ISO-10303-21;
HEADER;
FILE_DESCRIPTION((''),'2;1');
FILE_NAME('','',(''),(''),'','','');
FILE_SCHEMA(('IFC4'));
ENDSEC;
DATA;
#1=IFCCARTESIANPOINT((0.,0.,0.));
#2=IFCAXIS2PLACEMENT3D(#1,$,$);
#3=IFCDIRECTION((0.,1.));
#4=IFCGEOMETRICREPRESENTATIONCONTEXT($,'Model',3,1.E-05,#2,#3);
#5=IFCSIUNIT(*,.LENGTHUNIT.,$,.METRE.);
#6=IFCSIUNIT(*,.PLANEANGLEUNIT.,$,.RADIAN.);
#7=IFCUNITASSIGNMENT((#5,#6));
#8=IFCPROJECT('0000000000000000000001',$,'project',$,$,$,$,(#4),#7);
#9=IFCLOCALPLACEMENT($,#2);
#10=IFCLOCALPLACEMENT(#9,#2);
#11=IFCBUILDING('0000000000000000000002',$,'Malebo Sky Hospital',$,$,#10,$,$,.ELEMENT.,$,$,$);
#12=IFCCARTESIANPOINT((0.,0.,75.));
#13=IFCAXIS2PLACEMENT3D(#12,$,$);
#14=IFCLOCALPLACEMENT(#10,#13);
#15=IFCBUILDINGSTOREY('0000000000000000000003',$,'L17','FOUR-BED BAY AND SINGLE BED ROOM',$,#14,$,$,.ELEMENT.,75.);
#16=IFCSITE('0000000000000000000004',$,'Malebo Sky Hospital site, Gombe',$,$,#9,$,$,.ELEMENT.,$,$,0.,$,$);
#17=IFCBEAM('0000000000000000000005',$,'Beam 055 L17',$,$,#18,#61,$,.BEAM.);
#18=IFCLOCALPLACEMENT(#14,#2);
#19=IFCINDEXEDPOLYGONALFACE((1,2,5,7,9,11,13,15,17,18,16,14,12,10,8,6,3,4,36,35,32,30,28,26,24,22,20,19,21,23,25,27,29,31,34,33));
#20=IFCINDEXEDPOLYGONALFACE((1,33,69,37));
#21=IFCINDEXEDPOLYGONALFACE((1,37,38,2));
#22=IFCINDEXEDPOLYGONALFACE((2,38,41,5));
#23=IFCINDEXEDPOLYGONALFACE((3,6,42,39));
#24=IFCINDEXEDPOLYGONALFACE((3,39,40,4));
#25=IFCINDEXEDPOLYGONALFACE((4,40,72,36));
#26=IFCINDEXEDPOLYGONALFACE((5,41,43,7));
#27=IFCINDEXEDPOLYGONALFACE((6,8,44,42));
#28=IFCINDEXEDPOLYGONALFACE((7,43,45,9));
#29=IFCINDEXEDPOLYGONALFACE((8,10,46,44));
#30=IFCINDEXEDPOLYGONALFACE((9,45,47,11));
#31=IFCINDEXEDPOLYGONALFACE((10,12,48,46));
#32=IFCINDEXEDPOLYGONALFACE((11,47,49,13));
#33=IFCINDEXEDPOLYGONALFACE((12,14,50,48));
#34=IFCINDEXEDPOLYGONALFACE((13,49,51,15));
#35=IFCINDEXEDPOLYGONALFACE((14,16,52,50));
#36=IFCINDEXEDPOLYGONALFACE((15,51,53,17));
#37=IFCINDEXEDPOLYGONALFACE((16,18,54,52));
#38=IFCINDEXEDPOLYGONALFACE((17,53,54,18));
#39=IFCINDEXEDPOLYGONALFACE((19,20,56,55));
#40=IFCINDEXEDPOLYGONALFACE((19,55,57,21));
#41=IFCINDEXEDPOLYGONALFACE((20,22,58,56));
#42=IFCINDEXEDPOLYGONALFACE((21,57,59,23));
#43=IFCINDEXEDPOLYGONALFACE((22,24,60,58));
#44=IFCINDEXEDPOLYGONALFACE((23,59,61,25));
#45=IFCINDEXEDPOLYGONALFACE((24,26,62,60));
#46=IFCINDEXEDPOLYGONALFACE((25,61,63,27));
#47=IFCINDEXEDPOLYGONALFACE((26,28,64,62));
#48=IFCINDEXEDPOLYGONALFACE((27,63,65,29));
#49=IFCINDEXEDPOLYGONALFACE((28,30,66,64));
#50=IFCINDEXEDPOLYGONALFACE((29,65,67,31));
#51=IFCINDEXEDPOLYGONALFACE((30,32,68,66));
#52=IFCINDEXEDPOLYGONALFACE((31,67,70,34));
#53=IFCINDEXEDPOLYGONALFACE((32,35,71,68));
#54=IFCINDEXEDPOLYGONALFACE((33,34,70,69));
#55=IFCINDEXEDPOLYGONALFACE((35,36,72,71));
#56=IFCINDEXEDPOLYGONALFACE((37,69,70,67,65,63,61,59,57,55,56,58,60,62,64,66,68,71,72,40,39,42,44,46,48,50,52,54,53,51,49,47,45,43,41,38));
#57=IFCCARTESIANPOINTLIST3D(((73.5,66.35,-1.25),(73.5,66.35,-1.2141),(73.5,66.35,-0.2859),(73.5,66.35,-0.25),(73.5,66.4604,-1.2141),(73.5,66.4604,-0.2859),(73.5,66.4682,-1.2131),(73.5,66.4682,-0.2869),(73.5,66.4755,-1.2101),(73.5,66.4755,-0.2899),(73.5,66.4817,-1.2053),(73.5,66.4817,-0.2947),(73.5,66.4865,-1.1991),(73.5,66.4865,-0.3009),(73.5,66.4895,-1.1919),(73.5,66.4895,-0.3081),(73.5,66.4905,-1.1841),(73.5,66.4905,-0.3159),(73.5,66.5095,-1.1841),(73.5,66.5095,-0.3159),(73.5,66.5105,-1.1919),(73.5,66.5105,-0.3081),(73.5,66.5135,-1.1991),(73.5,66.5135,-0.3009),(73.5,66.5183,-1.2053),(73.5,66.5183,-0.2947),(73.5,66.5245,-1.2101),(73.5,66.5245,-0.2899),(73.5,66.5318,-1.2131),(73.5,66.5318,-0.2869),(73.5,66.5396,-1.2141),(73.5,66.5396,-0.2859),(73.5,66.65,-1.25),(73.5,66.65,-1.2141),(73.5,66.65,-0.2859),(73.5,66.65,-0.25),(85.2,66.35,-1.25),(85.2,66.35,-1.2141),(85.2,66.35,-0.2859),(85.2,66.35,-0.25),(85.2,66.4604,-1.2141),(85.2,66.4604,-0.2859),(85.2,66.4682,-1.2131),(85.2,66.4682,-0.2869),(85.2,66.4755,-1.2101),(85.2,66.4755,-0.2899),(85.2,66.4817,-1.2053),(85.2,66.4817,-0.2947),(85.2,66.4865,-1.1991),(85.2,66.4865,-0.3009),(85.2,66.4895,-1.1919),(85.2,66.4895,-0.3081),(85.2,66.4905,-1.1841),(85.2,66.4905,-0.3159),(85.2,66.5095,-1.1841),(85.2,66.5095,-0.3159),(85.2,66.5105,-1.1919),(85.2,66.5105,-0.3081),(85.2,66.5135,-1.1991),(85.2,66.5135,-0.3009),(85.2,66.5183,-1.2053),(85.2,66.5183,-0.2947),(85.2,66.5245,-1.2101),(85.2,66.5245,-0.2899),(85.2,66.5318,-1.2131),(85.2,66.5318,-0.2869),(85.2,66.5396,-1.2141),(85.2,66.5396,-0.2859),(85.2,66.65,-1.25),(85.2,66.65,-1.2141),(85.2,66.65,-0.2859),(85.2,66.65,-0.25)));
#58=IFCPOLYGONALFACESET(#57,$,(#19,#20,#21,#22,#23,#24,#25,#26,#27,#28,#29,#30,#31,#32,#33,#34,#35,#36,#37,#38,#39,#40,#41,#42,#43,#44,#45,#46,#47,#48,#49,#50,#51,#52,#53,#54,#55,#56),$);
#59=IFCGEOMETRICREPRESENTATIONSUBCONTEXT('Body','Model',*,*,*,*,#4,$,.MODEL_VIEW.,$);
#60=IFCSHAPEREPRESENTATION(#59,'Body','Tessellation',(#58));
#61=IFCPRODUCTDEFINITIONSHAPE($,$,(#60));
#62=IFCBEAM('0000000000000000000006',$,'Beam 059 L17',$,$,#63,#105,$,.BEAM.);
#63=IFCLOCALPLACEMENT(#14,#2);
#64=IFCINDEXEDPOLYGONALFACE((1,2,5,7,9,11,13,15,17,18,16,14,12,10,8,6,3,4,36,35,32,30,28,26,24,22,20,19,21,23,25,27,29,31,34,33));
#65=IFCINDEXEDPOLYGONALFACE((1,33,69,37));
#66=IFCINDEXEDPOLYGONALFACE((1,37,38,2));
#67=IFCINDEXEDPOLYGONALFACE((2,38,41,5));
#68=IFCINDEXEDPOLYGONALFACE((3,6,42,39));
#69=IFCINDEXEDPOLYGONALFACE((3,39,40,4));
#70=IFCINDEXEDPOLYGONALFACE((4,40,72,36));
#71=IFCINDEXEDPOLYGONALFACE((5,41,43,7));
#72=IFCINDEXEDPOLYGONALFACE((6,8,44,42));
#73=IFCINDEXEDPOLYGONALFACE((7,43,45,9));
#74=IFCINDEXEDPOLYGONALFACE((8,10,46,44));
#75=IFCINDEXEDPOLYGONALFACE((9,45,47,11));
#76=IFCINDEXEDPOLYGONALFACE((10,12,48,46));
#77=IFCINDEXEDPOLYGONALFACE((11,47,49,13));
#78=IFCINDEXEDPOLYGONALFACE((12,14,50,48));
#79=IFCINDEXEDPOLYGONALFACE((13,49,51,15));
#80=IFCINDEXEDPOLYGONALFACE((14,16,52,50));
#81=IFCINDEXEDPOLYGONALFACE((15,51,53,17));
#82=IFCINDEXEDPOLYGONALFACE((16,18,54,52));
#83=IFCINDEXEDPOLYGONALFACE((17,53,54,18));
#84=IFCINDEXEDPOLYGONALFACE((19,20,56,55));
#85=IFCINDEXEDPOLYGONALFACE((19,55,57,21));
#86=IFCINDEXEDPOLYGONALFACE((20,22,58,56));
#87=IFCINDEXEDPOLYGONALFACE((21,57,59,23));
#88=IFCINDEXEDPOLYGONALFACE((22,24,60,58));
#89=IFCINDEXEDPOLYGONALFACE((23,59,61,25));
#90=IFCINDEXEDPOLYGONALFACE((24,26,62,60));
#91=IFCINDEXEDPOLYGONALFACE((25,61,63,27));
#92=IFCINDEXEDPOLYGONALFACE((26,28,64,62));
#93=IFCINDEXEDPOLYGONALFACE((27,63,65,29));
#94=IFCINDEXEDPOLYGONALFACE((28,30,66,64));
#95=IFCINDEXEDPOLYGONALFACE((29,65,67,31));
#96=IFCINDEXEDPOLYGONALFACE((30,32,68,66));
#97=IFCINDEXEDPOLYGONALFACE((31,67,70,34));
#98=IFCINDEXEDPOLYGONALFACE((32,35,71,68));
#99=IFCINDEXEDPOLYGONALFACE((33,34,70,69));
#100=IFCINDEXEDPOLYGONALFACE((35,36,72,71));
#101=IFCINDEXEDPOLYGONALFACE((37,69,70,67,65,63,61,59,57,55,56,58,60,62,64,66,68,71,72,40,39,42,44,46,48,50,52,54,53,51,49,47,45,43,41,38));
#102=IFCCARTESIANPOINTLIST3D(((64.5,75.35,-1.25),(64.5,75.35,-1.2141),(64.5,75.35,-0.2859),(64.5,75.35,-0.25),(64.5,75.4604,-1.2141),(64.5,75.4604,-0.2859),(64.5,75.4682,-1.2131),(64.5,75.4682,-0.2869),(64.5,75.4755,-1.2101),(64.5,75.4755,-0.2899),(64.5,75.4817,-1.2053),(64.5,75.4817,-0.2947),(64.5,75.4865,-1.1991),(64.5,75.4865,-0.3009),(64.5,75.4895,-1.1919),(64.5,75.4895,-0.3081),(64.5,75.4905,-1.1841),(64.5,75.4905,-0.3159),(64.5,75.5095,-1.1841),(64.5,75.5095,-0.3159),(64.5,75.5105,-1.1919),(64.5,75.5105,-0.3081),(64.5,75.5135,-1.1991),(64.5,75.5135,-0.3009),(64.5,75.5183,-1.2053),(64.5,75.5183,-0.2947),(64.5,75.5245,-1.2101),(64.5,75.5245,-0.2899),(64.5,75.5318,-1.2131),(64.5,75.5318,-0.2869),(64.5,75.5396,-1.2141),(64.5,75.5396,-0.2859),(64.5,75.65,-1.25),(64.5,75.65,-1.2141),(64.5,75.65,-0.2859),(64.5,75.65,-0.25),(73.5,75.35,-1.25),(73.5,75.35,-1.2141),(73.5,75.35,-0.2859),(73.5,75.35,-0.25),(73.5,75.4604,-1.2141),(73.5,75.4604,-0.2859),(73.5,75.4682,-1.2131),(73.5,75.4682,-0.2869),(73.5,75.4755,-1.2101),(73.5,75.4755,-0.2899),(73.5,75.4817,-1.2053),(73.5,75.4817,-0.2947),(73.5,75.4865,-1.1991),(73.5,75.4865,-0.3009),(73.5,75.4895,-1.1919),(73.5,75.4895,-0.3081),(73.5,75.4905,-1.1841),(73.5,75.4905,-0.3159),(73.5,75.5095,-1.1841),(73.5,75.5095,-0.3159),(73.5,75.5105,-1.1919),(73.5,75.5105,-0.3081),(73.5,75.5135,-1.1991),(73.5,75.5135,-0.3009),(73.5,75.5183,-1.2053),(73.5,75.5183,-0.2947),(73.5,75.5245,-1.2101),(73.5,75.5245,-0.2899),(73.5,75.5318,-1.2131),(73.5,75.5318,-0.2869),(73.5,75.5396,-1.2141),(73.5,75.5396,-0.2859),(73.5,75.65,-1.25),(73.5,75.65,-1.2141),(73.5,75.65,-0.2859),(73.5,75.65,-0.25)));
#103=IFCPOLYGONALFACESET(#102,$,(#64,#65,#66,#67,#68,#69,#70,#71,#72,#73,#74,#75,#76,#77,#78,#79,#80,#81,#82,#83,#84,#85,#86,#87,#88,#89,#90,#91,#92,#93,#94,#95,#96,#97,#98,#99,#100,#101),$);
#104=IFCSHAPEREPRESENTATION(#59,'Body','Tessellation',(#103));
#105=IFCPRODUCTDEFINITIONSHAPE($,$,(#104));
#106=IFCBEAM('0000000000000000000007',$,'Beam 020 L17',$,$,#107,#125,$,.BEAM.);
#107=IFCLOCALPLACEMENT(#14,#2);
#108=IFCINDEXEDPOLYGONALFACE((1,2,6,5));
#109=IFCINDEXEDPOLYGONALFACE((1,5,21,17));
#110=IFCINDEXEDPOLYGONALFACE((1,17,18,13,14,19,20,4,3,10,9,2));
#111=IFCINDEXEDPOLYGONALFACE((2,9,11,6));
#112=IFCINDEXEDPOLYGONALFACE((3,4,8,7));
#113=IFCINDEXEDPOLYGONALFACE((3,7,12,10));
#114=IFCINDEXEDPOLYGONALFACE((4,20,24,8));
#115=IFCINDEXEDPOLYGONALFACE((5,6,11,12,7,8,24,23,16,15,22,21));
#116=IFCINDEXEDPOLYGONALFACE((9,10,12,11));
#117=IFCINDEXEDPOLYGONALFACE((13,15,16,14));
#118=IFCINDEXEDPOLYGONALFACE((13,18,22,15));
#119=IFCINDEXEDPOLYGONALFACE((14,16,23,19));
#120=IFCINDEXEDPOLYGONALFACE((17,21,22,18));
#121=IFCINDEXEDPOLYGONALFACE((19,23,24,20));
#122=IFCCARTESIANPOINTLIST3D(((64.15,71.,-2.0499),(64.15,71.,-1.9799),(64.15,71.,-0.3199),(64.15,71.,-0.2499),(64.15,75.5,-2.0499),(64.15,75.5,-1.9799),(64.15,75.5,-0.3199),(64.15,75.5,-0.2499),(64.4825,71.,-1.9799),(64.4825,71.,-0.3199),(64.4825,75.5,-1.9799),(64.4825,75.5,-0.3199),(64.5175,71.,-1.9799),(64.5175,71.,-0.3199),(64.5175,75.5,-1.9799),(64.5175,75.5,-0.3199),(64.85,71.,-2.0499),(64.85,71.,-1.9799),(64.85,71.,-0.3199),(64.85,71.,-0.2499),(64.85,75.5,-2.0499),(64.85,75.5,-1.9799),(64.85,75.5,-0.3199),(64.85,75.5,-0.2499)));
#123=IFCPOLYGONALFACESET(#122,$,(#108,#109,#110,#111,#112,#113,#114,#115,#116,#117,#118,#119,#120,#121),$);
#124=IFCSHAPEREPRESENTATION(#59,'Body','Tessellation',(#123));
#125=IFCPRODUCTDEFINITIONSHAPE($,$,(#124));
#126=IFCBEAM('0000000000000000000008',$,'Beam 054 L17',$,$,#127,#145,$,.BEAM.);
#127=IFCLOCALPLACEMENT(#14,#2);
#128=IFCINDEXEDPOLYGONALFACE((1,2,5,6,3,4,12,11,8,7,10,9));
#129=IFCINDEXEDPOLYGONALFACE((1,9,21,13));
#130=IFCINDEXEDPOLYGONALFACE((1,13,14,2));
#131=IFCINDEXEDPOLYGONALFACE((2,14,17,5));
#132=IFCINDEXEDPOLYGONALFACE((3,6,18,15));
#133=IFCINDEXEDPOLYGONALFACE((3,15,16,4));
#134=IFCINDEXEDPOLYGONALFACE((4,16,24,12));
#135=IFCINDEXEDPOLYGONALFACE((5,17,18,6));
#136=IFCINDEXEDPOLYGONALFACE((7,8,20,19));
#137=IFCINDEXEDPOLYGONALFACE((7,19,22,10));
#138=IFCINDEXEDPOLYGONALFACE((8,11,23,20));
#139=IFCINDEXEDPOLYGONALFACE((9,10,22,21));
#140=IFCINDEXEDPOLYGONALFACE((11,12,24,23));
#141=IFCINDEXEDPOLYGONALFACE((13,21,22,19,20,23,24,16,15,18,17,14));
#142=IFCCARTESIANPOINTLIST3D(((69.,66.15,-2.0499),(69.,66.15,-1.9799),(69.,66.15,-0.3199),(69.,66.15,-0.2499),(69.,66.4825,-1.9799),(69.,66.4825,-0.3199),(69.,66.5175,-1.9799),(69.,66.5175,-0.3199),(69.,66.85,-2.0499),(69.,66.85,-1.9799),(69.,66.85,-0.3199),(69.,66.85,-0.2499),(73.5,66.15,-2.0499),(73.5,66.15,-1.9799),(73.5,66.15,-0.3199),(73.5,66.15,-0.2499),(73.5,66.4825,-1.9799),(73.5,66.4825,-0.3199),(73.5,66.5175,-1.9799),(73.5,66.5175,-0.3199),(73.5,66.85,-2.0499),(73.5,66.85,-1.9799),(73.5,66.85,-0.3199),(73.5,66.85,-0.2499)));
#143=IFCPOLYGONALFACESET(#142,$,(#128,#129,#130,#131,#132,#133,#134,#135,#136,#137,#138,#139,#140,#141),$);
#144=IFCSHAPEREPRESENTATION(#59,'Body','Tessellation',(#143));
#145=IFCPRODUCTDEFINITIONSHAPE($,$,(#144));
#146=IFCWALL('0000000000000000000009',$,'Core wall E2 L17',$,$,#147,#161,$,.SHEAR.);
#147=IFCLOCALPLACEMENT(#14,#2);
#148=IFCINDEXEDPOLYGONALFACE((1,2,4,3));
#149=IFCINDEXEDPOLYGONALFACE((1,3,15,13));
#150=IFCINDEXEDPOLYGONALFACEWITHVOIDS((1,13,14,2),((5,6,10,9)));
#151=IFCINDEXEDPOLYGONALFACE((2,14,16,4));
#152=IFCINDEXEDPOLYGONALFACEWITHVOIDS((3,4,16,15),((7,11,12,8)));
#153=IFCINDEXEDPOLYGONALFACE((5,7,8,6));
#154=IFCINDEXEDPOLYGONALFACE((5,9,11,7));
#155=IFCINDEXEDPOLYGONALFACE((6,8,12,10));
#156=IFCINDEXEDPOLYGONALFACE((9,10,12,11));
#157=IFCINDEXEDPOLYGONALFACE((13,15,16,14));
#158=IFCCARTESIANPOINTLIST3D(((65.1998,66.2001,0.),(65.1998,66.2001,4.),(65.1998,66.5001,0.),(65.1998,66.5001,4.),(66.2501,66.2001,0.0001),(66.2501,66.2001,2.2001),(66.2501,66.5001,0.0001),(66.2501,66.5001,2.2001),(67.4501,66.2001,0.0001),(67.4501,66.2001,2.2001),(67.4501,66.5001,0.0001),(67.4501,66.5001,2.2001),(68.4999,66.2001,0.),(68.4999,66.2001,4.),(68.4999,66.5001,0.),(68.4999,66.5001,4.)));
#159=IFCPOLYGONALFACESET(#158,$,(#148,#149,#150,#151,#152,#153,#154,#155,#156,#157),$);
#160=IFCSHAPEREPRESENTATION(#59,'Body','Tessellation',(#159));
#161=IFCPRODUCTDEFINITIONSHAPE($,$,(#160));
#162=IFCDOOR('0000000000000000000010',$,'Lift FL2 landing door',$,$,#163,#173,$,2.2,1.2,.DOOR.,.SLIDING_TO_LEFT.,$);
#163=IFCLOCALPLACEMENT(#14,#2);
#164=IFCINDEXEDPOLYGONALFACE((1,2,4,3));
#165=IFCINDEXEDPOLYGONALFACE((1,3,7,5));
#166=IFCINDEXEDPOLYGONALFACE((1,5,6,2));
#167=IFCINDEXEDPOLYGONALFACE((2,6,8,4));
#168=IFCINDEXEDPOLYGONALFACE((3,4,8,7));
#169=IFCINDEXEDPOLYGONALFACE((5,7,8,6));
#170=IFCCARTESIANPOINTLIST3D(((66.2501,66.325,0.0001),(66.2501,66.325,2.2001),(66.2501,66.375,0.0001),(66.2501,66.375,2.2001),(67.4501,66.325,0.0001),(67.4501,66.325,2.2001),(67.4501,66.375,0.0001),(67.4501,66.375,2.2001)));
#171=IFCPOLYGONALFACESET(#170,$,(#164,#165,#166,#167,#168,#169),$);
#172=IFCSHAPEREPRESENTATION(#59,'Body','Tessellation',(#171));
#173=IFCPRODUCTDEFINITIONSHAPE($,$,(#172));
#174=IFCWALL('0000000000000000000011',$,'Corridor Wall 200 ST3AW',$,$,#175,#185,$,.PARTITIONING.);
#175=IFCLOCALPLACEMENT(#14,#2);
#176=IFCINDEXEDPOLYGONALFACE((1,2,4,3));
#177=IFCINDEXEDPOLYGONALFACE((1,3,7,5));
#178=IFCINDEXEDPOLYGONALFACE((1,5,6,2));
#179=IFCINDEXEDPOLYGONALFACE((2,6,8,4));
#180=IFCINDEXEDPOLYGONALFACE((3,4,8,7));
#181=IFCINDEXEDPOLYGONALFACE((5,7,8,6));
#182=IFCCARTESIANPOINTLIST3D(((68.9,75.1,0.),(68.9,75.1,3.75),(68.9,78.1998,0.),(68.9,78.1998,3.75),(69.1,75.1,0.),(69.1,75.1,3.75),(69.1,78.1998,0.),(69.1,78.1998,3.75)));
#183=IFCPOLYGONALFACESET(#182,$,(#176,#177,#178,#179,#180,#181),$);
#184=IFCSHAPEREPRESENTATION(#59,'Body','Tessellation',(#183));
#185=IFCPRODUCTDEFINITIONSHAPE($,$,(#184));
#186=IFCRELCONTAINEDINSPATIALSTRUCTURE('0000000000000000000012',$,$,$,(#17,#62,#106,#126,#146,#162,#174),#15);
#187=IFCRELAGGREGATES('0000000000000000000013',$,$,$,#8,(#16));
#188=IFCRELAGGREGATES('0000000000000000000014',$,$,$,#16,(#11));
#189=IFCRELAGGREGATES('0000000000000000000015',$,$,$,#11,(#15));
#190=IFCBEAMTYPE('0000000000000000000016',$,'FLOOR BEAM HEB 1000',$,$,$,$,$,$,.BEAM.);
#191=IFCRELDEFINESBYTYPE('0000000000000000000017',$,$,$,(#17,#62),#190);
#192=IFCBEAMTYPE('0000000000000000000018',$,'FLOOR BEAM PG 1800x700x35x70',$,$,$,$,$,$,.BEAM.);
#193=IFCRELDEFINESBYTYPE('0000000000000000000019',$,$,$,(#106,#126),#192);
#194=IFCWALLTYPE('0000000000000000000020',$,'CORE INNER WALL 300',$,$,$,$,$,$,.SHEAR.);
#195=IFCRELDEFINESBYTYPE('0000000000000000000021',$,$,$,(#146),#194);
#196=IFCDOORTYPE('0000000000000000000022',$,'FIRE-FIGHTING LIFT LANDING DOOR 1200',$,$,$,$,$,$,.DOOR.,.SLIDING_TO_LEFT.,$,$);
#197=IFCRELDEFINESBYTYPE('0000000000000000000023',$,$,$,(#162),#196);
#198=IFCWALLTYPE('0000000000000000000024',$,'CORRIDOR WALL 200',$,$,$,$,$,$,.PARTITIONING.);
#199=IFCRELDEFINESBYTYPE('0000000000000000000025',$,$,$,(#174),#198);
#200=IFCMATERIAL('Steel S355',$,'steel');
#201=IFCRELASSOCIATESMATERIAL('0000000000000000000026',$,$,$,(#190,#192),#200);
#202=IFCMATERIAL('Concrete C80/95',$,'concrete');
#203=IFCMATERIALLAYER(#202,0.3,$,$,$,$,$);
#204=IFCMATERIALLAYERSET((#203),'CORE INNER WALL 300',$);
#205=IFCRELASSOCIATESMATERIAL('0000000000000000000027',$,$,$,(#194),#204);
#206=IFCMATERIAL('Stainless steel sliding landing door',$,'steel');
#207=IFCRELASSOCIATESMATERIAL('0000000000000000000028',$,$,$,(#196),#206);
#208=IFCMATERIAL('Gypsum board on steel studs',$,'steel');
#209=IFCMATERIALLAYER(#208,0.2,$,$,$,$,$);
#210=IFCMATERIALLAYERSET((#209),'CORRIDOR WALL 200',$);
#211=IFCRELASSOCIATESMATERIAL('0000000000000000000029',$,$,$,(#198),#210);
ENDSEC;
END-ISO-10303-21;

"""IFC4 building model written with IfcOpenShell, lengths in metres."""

from ifc_helpers import new_model, si_unit, direction, frame, frame_2d, origin, origin_2d, place, context, subcontext, project, spatial, rectangle, i_section, extrude, material, layer, layer_set, material_profile, profile_set, type_object, element, fill, save


model = new_model("IFC4")

# Units and contexts
model_context = context("Model", 3, precision=1e-05, world=origin(), true_north=direction((0.0, 1.0)))
body_context = subcontext(model_context, "Body", "Model", "MODEL_VIEW")
ifc_project = project(units=[si_unit("LENGTHUNIT", "METRE"), si_unit("PLANEANGLEUNIT", "RADIAN")], contexts=[model_context])

# Site, building, storey
site_placement = place(None, origin())
site = spatial("IfcSite", under=ifc_project, at=site_placement, Name="Malebo Sky Hospital site, Gombe", CompositionType="ELEMENT", RefElevation=0.0)
building_placement = place(site_placement, origin())
building = spatial("IfcBuilding", under=site, at=building_placement, Name="Malebo Sky Hospital", CompositionType="ELEMENT")
storey_placement = place(building_placement, frame((0.0, 0.0, 75.0)))
storey = spatial("IfcBuildingStorey", under=building, at=storey_placement, Name="L17", Description="FOUR-BED BAY AND SINGLE BED ROOM", CompositionType="ELEMENT", Elevation=75.0)

# Beams
ifc_material_1 = material(Name="Steel S355", Category="steel")
ifc_material_profile_1 = material_profile(ifc_material_1, i_section(OverallWidth=0.3, OverallDepth=1.0, WebThickness=0.019, FlangeThickness=0.0359, FilletRadius=0.03, at=origin_2d()), Name="HEB 1000")
ifc_profile_set_1 = profile_set([ifc_material_profile_1], Name="Steel S355")
beam_type_1 = type_object("IfcBeamType", Name="FLOOR BEAM HEB 1000", PredefinedType="BEAM", material=ifc_profile_set_1)
beam_1_placement = place(storey_placement, frame((73.5, 66.5, -0.75), z_axis=(1.0, 0.0, 0.0), x_axis=(0.0, 1.0, 0.0)))
element("IfcBeam", 1, at=beam_1_placement, inside=storey, type_object=beam_type_1, Name="Beam 055 L17", PredefinedType="BEAM", context=body_context, shape_type="SweptSolid", body=[
    extrude(i_section(OverallWidth=0.3, OverallDepth=1.0, WebThickness=0.019, FlangeThickness=0.0359, FilletRadius=0.03, at=origin_2d()), origin(), (0.0, 0.0, 1.0), 11.7),
])
beam_2_placement = place(storey_placement, frame((64.5, 75.5, -0.75), z_axis=(1.0, 0.0, 0.0), x_axis=(0.0, 1.0, 0.0)))
element("IfcBeam", 2, at=beam_2_placement, inside=storey, type_object=beam_type_1, Name="Beam 059 L17", PredefinedType="BEAM", context=body_context, shape_type="SweptSolid", body=[
    extrude(i_section(OverallWidth=0.3, OverallDepth=1.0, WebThickness=0.019, FlangeThickness=0.0359, FilletRadius=0.03, at=origin_2d()), origin(), (0.0, 0.0, 1.0), 9.0),
])
ifc_material_profile_2 = material_profile(ifc_material_1, i_section(OverallWidth=0.7, OverallDepth=1.8, WebThickness=0.0349, FlangeThickness=0.0701, at=origin_2d()), Name="PG 1800x700x35x70")
ifc_profile_set_2 = profile_set([ifc_material_profile_2], Name="Steel S355")
beam_type_2 = type_object("IfcBeamType", Name="FLOOR BEAM PG 1800x700x35x70", PredefinedType="BEAM", material=ifc_profile_set_2)
for number, where, z_axis, x_axis, name in (
    (3, (64.5, 71.0, -1.1499), (0.0, 1.0, 0.0), (-1.0, 0.0, 0.0), "Beam 020 L17"),
    (4, (69.0, 66.5, -1.1499), (1.0, 0.0, 0.0), (0.0, 1.0, 0.0), "Beam 054 L17"),
):
    element("IfcBeam", number, at=place(storey_placement, frame(where, z_axis=z_axis, x_axis=x_axis)), inside=storey, type_object=beam_type_2, Name=name, PredefinedType="BEAM", context=body_context, shape_type="SweptSolid", body=[
        extrude(i_section(OverallWidth=0.7, OverallDepth=1.8, WebThickness=0.0349, FlangeThickness=0.0701, at=origin_2d()), origin(), (0.0, 0.0, 1.0), 4.5),
    ])

# Wall, opening, door
ifc_material_2 = material(Name="Concrete C80/95", Category="concrete")
ifc_layer_1 = layer(ifc_material_2, 0.3)
ifc_layer_set_1 = layer_set([ifc_layer_1], Name="CORE INNER WALL 300")
wall_type_1 = type_object("IfcWallType", Name="CORE INNER WALL 300", PredefinedType="SHEAR", material=ifc_layer_set_1)
wall_1_placement = place(storey_placement, frame((65.2, 66.3501, 0.0), z_axis=(0.0, 0.0, 1.0), x_axis=(1.0, 0.0, 0.0)))
wall_1 = element("IfcWall", 5, at=wall_1_placement, inside=storey, type_object=wall_type_1, Name="Core wall E2 L17", PredefinedType="SHEAR", context=body_context, shape_type="SweptSolid", body=[
    extrude(rectangle(XDim=3.3, YDim=0.3, at=frame_2d((1.6499, 0.0))), origin(), (0.0, 0.0, 1.0), 4.0),
])
opening_1_placement = place(wall_1_placement, frame((1.05, 0.0, 0.0)))
opening_1 = element("IfcOpeningElement", 6, at=opening_1_placement, cuts=wall_1, PredefinedType="OPENING", context=body_context, shape_type="SweptSolid", body=[
    extrude(rectangle(XDim=1.2, YDim=2.2, at=frame_2d((0.6001, 1.1001))), frame((0.0, 0.1599, 0.0), z_axis=(0.0, -1.0, 0.0), x_axis=(1.0, 0.0, 0.0)), (0.0, 0.0, 1.0), 0.3201),
])
ifc_material_3 = material(Name="Stainless steel sliding landing door", Category="steel")
door_type_1 = type_object("IfcDoorType", Name="FIRE-FIGHTING LIFT LANDING DOOR 1200", OperationType="SLIDING_TO_LEFT", PredefinedType="DOOR", material=ifc_material_3)
door_1_placement = place(opening_1_placement, origin())
door_1 = element("IfcDoor", 7, at=door_1_placement, inside=storey, type_object=door_type_1, Name="Lift FL2 landing door", OperationType="SLIDING_TO_LEFT", OverallHeight=2.2, OverallWidth=1.2, PredefinedType="DOOR", context=body_context, shape_type="SweptSolid", body=[
    extrude(rectangle(XDim=1.2, YDim=2.2, at=frame_2d((0.6001, 1.1001))), frame((0.0, 0.0249, 0.0), z_axis=(0.0, -1.0, 0.0), x_axis=(1.0, 0.0, 0.0)), (0.0, 0.0, 1.0), 0.05),
])
fill(opening_1, door_1)

# Wall
ifc_material_4 = material(Name="Gypsum board on steel studs", Category="steel")
ifc_layer_2 = layer(ifc_material_4, 0.2)
ifc_layer_set_2 = layer_set([ifc_layer_2], Name="CORRIDOR WALL 200")
wall_type_2 = type_object("IfcWallType", Name="CORRIDOR WALL 200", PredefinedType="PARTITIONING", material=ifc_layer_set_2)
for number, where, z_axis, x_axis, name in (
    (8, (69.0, 75.1001, 0.0), (0.0, 0.0, 1.0), (0.0, 1.0, 0.0), "Corridor Wall 200 ST3AW"),
):
    element("IfcWall", number, at=place(storey_placement, frame(where, z_axis=z_axis, x_axis=x_axis)), inside=storey, type_object=wall_type_2, Name=name, PredefinedType="PARTITIONING", context=body_context, shape_type="SweptSolid", body=[
        extrude(rectangle(XDim=3.0999, YDim=0.2, at=frame_2d((1.5498, 0.0))), origin(), (0.0, 0.0, 1.0), 3.75),
    ])

save(model, "model.ifc")
